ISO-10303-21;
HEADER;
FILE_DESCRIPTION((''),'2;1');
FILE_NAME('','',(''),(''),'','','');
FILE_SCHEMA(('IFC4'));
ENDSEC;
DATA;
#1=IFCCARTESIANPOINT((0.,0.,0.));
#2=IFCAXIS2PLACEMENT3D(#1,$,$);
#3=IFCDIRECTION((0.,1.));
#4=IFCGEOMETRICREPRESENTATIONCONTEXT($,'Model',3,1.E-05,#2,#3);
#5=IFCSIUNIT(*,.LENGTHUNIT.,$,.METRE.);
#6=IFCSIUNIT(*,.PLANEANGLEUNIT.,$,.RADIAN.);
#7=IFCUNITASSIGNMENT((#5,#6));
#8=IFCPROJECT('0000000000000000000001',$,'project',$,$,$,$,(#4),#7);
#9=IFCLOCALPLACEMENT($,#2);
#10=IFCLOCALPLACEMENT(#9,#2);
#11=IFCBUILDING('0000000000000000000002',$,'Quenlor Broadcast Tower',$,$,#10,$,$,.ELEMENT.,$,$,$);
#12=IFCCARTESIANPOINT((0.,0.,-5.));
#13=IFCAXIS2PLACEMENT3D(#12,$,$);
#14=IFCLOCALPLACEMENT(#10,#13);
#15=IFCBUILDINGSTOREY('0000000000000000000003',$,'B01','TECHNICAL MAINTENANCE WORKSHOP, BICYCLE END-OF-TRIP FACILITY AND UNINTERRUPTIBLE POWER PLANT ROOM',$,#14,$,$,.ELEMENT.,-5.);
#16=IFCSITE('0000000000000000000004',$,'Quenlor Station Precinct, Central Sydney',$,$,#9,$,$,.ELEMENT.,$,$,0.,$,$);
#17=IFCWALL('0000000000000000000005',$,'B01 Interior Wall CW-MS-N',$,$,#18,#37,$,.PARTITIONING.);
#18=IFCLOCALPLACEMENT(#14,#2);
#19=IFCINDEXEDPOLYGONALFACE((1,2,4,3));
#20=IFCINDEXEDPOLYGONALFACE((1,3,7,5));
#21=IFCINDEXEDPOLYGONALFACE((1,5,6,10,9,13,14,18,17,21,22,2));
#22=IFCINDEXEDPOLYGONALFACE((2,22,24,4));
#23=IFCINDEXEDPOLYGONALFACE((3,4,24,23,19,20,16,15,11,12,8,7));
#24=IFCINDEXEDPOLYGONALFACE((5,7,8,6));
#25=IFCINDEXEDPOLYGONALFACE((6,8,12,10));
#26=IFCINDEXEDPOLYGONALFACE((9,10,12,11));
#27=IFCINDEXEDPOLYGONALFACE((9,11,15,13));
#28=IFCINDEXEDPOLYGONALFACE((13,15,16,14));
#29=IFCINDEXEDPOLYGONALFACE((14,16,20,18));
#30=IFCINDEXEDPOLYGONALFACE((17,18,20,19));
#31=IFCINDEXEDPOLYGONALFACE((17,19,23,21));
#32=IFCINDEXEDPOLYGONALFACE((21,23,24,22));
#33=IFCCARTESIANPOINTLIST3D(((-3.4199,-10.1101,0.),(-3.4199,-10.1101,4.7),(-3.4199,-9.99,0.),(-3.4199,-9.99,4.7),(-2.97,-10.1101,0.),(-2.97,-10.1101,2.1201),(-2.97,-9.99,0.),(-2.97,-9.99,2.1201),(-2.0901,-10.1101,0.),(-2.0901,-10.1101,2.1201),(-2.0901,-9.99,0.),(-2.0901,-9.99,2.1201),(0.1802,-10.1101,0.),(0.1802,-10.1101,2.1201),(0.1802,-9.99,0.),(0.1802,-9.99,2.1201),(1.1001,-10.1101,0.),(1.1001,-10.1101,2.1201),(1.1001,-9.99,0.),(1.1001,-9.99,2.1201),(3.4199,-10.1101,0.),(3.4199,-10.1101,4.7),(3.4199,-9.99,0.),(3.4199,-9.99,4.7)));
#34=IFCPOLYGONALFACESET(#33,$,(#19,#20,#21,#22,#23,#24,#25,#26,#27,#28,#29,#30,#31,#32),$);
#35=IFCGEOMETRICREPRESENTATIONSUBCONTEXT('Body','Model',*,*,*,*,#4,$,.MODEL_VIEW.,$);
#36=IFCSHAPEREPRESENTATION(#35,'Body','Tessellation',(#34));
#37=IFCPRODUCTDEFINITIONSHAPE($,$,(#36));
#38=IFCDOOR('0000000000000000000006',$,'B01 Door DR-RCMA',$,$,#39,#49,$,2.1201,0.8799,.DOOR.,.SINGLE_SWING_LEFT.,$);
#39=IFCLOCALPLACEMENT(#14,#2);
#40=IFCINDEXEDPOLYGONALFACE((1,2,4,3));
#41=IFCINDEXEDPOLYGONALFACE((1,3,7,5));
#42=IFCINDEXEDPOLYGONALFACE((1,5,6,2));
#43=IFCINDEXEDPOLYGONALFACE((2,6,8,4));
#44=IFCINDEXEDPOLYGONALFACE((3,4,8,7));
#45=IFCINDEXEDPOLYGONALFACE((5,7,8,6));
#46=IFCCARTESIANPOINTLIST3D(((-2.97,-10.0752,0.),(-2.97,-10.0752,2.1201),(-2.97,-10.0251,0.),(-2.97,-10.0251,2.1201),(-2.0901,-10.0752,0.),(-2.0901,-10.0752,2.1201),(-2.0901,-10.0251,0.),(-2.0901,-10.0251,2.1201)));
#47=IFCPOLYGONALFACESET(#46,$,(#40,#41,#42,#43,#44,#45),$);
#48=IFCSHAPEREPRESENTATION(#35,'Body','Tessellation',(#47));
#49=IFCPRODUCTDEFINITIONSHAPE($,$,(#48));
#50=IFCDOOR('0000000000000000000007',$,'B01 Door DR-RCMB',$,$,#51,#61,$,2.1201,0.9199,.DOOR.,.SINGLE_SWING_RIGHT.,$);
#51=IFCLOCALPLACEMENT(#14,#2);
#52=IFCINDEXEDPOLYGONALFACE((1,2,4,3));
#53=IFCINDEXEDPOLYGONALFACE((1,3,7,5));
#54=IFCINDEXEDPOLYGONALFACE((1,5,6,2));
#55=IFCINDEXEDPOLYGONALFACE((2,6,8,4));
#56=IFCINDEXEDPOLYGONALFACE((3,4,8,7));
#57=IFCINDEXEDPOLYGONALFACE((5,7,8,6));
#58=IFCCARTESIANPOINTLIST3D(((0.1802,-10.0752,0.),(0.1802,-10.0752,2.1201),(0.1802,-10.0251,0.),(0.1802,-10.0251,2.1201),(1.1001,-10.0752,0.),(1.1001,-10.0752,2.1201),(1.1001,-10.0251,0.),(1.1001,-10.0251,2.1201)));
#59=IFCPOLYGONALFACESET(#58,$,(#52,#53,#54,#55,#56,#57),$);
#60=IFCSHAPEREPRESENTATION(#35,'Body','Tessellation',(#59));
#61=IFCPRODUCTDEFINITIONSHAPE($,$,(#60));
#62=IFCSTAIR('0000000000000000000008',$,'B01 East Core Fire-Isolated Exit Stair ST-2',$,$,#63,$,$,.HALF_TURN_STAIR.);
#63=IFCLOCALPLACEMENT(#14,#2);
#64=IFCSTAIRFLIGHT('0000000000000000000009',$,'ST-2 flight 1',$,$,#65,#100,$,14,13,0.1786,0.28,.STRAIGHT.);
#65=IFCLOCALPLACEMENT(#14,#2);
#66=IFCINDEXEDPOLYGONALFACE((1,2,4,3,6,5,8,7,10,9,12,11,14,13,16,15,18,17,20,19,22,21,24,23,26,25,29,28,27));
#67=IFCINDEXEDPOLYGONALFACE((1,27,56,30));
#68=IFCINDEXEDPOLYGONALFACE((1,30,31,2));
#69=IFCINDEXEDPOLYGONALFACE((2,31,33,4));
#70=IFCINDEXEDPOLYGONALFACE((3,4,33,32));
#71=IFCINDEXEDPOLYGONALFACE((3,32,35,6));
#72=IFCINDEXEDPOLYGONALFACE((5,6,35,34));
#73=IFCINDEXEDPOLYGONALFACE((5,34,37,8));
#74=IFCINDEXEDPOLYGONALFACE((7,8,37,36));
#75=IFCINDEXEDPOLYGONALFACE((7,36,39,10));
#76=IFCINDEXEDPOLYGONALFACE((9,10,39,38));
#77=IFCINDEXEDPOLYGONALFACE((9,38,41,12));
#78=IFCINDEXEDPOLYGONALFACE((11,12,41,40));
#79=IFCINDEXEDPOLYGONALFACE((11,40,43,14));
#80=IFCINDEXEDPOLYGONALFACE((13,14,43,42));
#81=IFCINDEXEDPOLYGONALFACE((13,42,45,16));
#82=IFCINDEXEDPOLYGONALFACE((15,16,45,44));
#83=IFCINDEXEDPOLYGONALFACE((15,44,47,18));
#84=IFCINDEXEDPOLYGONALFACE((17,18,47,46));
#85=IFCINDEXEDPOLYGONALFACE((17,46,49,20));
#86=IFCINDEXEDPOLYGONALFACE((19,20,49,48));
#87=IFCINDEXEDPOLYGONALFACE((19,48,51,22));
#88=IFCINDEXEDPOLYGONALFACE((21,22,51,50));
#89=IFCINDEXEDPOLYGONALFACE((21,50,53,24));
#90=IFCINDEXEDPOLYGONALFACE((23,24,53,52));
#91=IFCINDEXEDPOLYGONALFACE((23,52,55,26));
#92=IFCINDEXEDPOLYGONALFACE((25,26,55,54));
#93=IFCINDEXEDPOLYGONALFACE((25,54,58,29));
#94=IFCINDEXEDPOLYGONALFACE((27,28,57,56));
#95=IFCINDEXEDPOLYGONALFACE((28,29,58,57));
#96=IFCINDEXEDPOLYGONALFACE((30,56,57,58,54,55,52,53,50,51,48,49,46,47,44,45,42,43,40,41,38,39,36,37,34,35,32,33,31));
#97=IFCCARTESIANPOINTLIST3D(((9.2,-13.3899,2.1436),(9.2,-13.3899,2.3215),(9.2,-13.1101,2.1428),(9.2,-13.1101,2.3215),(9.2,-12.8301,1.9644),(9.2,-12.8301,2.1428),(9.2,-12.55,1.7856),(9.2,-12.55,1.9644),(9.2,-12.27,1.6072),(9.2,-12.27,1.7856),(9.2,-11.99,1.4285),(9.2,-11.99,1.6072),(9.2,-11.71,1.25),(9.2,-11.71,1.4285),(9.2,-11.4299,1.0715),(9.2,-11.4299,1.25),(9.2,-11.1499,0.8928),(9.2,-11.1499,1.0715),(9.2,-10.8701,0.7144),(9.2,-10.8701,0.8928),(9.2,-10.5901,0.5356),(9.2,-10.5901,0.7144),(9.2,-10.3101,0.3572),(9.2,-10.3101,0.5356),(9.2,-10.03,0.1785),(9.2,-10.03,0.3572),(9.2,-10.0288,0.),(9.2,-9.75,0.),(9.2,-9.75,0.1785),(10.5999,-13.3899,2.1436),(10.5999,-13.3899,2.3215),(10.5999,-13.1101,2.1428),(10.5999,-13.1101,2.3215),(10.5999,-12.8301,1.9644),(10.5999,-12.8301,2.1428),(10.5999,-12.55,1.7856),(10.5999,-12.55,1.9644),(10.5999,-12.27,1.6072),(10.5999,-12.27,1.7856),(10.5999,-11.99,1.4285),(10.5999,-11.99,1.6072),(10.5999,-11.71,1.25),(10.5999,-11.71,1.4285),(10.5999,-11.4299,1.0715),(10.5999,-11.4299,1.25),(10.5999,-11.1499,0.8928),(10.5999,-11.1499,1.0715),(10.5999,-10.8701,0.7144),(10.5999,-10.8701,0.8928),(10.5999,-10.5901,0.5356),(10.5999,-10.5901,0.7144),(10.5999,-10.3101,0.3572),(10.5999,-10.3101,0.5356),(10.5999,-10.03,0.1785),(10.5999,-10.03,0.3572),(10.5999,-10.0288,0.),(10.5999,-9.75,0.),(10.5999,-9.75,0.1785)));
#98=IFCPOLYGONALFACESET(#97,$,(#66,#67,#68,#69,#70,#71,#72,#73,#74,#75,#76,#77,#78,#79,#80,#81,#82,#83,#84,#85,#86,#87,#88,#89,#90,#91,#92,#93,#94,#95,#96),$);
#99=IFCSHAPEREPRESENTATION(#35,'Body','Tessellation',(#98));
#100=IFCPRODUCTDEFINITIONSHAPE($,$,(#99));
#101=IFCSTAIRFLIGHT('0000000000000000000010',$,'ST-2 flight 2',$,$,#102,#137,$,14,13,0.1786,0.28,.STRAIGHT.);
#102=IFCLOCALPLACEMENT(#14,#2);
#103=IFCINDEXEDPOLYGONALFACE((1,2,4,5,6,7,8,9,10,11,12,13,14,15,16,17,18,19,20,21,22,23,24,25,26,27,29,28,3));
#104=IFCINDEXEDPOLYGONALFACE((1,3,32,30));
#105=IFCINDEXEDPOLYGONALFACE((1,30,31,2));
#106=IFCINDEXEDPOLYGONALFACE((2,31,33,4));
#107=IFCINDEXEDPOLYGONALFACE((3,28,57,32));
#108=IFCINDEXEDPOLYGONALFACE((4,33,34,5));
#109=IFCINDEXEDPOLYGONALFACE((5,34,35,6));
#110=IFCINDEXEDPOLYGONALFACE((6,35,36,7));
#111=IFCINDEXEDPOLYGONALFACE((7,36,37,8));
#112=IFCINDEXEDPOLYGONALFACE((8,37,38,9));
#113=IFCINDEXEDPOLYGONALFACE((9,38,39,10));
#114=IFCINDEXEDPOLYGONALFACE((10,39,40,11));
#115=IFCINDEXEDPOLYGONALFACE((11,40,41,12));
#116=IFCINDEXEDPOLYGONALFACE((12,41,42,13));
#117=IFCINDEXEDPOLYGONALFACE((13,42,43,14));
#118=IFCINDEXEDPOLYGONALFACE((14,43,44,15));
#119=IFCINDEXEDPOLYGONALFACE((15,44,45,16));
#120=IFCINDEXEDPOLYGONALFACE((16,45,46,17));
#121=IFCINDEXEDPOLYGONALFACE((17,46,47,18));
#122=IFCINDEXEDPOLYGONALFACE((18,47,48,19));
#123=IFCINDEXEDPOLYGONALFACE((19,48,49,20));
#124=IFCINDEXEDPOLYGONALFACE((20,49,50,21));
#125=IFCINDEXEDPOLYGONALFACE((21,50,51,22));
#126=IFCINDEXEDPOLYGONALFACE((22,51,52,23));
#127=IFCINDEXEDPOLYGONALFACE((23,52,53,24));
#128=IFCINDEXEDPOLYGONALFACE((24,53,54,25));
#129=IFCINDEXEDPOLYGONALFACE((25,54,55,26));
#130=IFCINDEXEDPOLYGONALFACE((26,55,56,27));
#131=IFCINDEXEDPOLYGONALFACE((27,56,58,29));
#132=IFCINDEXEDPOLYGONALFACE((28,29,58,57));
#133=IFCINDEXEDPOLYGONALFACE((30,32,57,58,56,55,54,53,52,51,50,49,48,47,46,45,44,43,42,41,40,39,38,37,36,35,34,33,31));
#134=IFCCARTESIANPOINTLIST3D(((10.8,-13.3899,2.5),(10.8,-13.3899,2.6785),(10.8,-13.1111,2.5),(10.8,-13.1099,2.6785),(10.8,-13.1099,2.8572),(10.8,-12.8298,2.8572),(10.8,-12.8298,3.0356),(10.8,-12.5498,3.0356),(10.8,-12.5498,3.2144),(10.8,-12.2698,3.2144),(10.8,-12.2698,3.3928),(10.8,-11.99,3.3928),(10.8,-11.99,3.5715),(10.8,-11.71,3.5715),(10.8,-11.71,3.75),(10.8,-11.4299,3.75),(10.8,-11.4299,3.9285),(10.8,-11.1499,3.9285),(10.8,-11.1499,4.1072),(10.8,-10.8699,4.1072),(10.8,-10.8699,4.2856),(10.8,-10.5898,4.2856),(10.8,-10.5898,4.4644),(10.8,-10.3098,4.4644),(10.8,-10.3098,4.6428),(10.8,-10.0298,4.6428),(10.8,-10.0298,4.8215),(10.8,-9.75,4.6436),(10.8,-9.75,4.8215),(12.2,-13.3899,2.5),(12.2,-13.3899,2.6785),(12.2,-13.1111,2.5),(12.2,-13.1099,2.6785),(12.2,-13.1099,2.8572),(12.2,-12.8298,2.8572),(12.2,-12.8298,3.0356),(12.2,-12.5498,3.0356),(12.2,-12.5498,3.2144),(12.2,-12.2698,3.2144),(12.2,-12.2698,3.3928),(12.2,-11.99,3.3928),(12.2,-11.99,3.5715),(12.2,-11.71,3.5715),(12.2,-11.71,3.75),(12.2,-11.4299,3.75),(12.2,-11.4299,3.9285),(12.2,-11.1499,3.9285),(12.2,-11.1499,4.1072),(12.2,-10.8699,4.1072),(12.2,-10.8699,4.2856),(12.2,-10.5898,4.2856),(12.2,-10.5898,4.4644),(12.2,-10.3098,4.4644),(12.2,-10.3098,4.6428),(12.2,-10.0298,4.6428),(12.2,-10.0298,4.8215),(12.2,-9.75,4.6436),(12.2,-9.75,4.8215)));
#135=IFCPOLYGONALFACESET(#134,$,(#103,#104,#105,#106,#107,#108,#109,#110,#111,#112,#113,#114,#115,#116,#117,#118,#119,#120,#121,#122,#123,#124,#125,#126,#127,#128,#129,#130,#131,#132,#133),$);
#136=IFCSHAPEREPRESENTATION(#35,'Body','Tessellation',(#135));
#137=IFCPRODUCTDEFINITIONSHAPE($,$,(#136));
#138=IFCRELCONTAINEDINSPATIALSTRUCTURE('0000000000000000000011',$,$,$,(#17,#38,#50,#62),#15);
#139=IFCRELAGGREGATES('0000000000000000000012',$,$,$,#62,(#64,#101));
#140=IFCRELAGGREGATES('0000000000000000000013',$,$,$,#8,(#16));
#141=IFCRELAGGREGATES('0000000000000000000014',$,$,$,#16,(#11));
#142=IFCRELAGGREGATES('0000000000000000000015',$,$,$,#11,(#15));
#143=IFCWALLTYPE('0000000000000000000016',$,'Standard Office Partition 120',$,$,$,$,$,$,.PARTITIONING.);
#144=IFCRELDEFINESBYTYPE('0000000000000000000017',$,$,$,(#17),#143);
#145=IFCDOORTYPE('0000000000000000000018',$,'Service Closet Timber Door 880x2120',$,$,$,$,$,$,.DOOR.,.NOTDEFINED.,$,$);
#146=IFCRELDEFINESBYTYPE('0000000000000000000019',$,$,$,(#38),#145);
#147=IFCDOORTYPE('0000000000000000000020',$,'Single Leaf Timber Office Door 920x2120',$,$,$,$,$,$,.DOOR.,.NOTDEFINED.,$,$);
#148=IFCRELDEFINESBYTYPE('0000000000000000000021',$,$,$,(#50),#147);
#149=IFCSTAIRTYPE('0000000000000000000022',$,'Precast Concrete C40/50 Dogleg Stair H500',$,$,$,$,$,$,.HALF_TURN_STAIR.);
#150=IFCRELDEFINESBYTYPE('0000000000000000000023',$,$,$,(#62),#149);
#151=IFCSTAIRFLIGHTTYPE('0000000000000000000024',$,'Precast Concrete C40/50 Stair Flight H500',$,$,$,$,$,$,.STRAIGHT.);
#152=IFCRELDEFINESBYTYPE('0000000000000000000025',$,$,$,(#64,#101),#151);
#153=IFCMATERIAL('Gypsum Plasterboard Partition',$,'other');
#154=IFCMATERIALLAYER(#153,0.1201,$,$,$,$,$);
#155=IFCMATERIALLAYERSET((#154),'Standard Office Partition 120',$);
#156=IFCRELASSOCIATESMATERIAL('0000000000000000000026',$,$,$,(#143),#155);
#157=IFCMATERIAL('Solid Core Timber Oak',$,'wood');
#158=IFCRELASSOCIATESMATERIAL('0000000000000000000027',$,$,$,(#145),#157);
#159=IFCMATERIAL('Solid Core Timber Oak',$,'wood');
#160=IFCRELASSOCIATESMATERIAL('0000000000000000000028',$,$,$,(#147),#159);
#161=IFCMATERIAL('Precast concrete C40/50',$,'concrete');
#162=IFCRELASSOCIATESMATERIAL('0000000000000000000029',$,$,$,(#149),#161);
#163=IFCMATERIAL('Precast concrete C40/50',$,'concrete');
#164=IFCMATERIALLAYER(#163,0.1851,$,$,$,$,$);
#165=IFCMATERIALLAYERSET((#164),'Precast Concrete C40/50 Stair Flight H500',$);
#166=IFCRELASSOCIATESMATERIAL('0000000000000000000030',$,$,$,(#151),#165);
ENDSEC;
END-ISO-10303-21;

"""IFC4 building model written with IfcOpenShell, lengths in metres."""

from ifc_helpers import new_model, si_unit, direction, frame, frame_2d, origin, place, context, subcontext, project, spatial, polyline, rectangle, outline, extrude, material, layer, layer_set, type_object, element, fill, aggregate, save


model = new_model("IFC4")

# Units and contexts
model_context = context("Model", 3, precision=1e-05, world=origin(), true_north=direction((0.0, 1.0)))
body_context = subcontext(model_context, "Body", "Model", "MODEL_VIEW")
ifc_project = project(units=[si_unit("LENGTHUNIT", "METRE"), si_unit("PLANEANGLEUNIT", "RADIAN")], contexts=[model_context])

# Site, building, storey
site_placement = place(None, origin())
site = spatial("IfcSite", under=ifc_project, at=site_placement, Name="Quenlor Station Precinct, Central Sydney", CompositionType="ELEMENT", RefElevation=0.0)
building_placement = place(site_placement, origin())
building = spatial("IfcBuilding", under=site, at=building_placement, Name="Quenlor Broadcast Tower", CompositionType="ELEMENT")
storey_placement = place(building_placement, frame((0.0, 0.0, -5.0)))
storey = spatial("IfcBuildingStorey", under=building, at=storey_placement, Name="B01", Description="TECHNICAL MAINTENANCE WORKSHOP, BICYCLE END-OF-TRIP FACILITY AND UNINTERRUPTIBLE POWER PLANT ROOM", CompositionType="ELEMENT", Elevation=-5.0)

# Wall, openings, doors
ifc_material_1 = material(Name="Gypsum Plasterboard Partition", Category="other")
ifc_layer_1 = layer(ifc_material_1, 0.1201)
ifc_layer_set_1 = layer_set([ifc_layer_1], Name="Standard Office Partition 120")
wall_type_1 = type_object("IfcWallType", Name="Standard Office Partition 120", PredefinedType="PARTITIONING", material=ifc_layer_set_1)
wall_1_placement = place(storey_placement, frame((-3.4199, -10.05, 0.0), z_axis=(0.0, 0.0, 1.0), x_axis=(1.0, 0.0, 0.0)))
wall_1 = element("IfcWall", 1, at=wall_1_placement, inside=storey, type_object=wall_type_1, Name="B01 Interior Wall CW-MS-N", PredefinedType="PARTITIONING", context=body_context, shape_type="SweptSolid", body=[
    extrude(rectangle(XDim=6.8398, YDim=0.1201, at=frame_2d((3.4199, 0.0))), origin(), (0.0, 0.0, 1.0), 4.7),
])
opening_1_placement = place(wall_1_placement, frame((0.45, 0.0, 0.0)))
opening_1 = element("IfcOpeningElement", 2, at=opening_1_placement, cuts=wall_1, PredefinedType="OPENING", context=body_context, shape_type="SweptSolid", body=[
    extrude(rectangle(XDim=0.8799, YDim=2.1201, at=frame_2d((0.4399, 1.0601))), frame((0.0, 0.0701, 0.0), z_axis=(0.0, -1.0, 0.0), x_axis=(1.0, 0.0, 0.0)), (0.0, 0.0, 1.0), 0.1401),
])
opening_2_placement = place(wall_1_placement, frame((3.6001, 0.0, 0.0)))
opening_2 = element("IfcOpeningElement", 3, at=opening_2_placement, cuts=wall_1, PredefinedType="OPENING", context=body_context, shape_type="SweptSolid", body=[
    extrude(rectangle(XDim=0.9199, YDim=2.1201, at=frame_2d((0.46, 1.0601))), frame((0.0, 0.0701, 0.0), z_axis=(0.0, -1.0, 0.0), x_axis=(1.0, 0.0, 0.0)), (0.0, 0.0, 1.0), 0.1401),
])
ifc_material_2 = material(Name="Solid Core Timber Oak", Category="wood")
door_type_1 = type_object("IfcDoorType", Name="Service Closet Timber Door 880x2120", OperationType="NOTDEFINED", PredefinedType="DOOR", material=ifc_material_2)
door_1_placement = place(opening_1_placement, origin())
door_1 = element("IfcDoor", 4, at=door_1_placement, inside=storey, type_object=door_type_1, Name="B01 Door DR-RCMA", OperationType="SINGLE_SWING_LEFT", OverallHeight=2.1201, OverallWidth=0.8799, PredefinedType="DOOR", context=body_context, shape_type="SweptSolid", body=[
    extrude(rectangle(XDim=0.8799, YDim=2.1201, at=frame_2d((0.4399, 1.0601))), frame((0.0, 0.0249, 0.0), z_axis=(0.0, -1.0, 0.0), x_axis=(1.0, 0.0, 0.0)), (0.0, 0.0, 1.0), 0.05),
])
fill(opening_1, door_1)
ifc_material_3 = material(Name="Solid Core Timber Oak", Category="wood")
door_type_2 = type_object("IfcDoorType", Name="Single Leaf Timber Office Door 920x2120", OperationType="NOTDEFINED", PredefinedType="DOOR", material=ifc_material_3)
door_2_placement = place(opening_2_placement, origin())
door_2 = element("IfcDoor", 5, at=door_2_placement, inside=storey, type_object=door_type_2, Name="B01 Door DR-RCMB", OperationType="SINGLE_SWING_RIGHT", OverallHeight=2.1201, OverallWidth=0.9199, PredefinedType="DOOR", context=body_context, shape_type="SweptSolid", body=[
    extrude(rectangle(XDim=0.9199, YDim=2.1201, at=frame_2d((0.46, 1.0601))), frame((0.0, 0.0249, 0.0), z_axis=(0.0, -1.0, 0.0), x_axis=(1.0, 0.0, 0.0)), (0.0, 0.0, 1.0), 0.05),
])
fill(opening_2, door_2)

# Stair, stair flights
ifc_material_4 = material(Name="Precast concrete C40/50", Category="concrete")
stair_type = type_object("IfcStairType", Name="Precast Concrete C40/50 Dogleg Stair H500", PredefinedType="HALF_TURN_STAIR", material=ifc_material_4)
stair_placement = place(storey_placement, origin())
stair = element("IfcStair", 6, at=stair_placement, inside=storey, type_object=stair_type, Name="B01 East Core Fire-Isolated Exit Stair ST-2", PredefinedType="HALF_TURN_STAIR")
ifc_material_5 = material(Name="Precast concrete C40/50", Category="concrete")
ifc_layer_2 = layer(ifc_material_5, 0.1851)
ifc_layer_set_2 = layer_set([ifc_layer_2], Name="Precast Concrete C40/50 Stair Flight H500")
stair_flight_type = type_object("IfcStairFlightType", Name="Precast Concrete C40/50 Stair Flight H500", PredefinedType="STRAIGHT", material=ifc_layer_set_2)
stair_flight_1_placement = place(storey_placement, frame((9.8999, -9.75, 0.0), z_axis=(0.0, 0.0, 1.0), x_axis=(0.0, -1.0, 0.0)))
stair_flight_1 = element("IfcStairFlight", 7, at=stair_flight_1_placement, type_object=stair_flight_type, Name="ST-2 flight 1", NumberOfRisers=14, NumberOfTreads=13, PredefinedType="STRAIGHT", RiserHeight=0.1786, TreadLength=0.28, context=body_context, shape_type="SweptSolid", body=[
    extrude(outline(polyline([(0.0, 0.0), (0.0, 0.1785), (0.28, 0.1785), (0.28, 0.3572), (0.5601, 0.3572), (0.5601, 0.5356), (0.8401, 0.5356), (0.8401, 0.7144), (1.1201, 0.7144), (1.1201, 0.8928), (1.3999, 0.8928), (1.3999, 1.0715), (1.6799, 1.0715), (1.6799, 1.25), (1.96, 1.25), (1.96, 1.4285), (2.24, 1.4285), (2.24, 1.6072), (2.52, 1.6072), (2.52, 1.7856), (2.8, 1.7856), (2.8, 1.9644), (3.0801, 1.9644), (3.0801, 2.1428), (3.3601, 2.1428), (3.3601, 2.3215), (3.6399, 2.3215), (3.6399, 2.5), (3.6399, 2.1436), (0.2788, 0.0), (0.0, 0.0)])), frame((0.0, 0.7, 0.0), z_axis=(0.0, -1.0, 0.0), x_axis=(1.0, 0.0, 0.0)), (0.0, 0.0, 1.0), 1.3999),
])
stair_flight_2_placement = place(storey_placement, frame((11.5, -13.3899, 2.5), z_axis=(0.0, 0.0, 1.0), x_axis=(0.0, 1.0, 0.0)))
stair_flight_2 = element("IfcStairFlight", 8, at=stair_flight_2_placement, type_object=stair_flight_type, Name="ST-2 flight 2", NumberOfRisers=14, NumberOfTreads=13, PredefinedType="STRAIGHT", RiserHeight=0.1786, TreadLength=0.28, context=body_context, shape_type="SweptSolid", body=[
    extrude(outline(polyline([(0.0, 0.0), (0.0, 0.1785), (0.28, 0.1785), (0.28, 0.3572), (0.5601, 0.3572), (0.5601, 0.5356), (0.8401, 0.5356), (0.8401, 0.7144), (1.1201, 0.7144), (1.1201, 0.8928), (1.3999, 0.8928), (1.3999, 1.0715), (1.6799, 1.0715), (1.6799, 1.25), (1.96, 1.25), (1.96, 1.4285), (2.24, 1.4285), (2.24, 1.6072), (2.52, 1.6072), (2.52, 1.7856), (2.8, 1.7856), (2.8, 1.9644), (3.0801, 1.9644), (3.0801, 2.1428), (3.3601, 2.1428), (3.3601, 2.3215), (3.6399, 2.3215), (3.6399, 2.5), (3.6399, 2.1436), (0.2788, 0.0), (0.0, 0.0)])), frame((0.0, 0.7, 0.0), z_axis=(0.0, -1.0, 0.0), x_axis=(1.0, 0.0, 0.0)), (0.0, 0.0, 1.0), 1.3999),
])
aggregate(stair, [stair_flight_1, stair_flight_2])

save(model, "model.ifc")
